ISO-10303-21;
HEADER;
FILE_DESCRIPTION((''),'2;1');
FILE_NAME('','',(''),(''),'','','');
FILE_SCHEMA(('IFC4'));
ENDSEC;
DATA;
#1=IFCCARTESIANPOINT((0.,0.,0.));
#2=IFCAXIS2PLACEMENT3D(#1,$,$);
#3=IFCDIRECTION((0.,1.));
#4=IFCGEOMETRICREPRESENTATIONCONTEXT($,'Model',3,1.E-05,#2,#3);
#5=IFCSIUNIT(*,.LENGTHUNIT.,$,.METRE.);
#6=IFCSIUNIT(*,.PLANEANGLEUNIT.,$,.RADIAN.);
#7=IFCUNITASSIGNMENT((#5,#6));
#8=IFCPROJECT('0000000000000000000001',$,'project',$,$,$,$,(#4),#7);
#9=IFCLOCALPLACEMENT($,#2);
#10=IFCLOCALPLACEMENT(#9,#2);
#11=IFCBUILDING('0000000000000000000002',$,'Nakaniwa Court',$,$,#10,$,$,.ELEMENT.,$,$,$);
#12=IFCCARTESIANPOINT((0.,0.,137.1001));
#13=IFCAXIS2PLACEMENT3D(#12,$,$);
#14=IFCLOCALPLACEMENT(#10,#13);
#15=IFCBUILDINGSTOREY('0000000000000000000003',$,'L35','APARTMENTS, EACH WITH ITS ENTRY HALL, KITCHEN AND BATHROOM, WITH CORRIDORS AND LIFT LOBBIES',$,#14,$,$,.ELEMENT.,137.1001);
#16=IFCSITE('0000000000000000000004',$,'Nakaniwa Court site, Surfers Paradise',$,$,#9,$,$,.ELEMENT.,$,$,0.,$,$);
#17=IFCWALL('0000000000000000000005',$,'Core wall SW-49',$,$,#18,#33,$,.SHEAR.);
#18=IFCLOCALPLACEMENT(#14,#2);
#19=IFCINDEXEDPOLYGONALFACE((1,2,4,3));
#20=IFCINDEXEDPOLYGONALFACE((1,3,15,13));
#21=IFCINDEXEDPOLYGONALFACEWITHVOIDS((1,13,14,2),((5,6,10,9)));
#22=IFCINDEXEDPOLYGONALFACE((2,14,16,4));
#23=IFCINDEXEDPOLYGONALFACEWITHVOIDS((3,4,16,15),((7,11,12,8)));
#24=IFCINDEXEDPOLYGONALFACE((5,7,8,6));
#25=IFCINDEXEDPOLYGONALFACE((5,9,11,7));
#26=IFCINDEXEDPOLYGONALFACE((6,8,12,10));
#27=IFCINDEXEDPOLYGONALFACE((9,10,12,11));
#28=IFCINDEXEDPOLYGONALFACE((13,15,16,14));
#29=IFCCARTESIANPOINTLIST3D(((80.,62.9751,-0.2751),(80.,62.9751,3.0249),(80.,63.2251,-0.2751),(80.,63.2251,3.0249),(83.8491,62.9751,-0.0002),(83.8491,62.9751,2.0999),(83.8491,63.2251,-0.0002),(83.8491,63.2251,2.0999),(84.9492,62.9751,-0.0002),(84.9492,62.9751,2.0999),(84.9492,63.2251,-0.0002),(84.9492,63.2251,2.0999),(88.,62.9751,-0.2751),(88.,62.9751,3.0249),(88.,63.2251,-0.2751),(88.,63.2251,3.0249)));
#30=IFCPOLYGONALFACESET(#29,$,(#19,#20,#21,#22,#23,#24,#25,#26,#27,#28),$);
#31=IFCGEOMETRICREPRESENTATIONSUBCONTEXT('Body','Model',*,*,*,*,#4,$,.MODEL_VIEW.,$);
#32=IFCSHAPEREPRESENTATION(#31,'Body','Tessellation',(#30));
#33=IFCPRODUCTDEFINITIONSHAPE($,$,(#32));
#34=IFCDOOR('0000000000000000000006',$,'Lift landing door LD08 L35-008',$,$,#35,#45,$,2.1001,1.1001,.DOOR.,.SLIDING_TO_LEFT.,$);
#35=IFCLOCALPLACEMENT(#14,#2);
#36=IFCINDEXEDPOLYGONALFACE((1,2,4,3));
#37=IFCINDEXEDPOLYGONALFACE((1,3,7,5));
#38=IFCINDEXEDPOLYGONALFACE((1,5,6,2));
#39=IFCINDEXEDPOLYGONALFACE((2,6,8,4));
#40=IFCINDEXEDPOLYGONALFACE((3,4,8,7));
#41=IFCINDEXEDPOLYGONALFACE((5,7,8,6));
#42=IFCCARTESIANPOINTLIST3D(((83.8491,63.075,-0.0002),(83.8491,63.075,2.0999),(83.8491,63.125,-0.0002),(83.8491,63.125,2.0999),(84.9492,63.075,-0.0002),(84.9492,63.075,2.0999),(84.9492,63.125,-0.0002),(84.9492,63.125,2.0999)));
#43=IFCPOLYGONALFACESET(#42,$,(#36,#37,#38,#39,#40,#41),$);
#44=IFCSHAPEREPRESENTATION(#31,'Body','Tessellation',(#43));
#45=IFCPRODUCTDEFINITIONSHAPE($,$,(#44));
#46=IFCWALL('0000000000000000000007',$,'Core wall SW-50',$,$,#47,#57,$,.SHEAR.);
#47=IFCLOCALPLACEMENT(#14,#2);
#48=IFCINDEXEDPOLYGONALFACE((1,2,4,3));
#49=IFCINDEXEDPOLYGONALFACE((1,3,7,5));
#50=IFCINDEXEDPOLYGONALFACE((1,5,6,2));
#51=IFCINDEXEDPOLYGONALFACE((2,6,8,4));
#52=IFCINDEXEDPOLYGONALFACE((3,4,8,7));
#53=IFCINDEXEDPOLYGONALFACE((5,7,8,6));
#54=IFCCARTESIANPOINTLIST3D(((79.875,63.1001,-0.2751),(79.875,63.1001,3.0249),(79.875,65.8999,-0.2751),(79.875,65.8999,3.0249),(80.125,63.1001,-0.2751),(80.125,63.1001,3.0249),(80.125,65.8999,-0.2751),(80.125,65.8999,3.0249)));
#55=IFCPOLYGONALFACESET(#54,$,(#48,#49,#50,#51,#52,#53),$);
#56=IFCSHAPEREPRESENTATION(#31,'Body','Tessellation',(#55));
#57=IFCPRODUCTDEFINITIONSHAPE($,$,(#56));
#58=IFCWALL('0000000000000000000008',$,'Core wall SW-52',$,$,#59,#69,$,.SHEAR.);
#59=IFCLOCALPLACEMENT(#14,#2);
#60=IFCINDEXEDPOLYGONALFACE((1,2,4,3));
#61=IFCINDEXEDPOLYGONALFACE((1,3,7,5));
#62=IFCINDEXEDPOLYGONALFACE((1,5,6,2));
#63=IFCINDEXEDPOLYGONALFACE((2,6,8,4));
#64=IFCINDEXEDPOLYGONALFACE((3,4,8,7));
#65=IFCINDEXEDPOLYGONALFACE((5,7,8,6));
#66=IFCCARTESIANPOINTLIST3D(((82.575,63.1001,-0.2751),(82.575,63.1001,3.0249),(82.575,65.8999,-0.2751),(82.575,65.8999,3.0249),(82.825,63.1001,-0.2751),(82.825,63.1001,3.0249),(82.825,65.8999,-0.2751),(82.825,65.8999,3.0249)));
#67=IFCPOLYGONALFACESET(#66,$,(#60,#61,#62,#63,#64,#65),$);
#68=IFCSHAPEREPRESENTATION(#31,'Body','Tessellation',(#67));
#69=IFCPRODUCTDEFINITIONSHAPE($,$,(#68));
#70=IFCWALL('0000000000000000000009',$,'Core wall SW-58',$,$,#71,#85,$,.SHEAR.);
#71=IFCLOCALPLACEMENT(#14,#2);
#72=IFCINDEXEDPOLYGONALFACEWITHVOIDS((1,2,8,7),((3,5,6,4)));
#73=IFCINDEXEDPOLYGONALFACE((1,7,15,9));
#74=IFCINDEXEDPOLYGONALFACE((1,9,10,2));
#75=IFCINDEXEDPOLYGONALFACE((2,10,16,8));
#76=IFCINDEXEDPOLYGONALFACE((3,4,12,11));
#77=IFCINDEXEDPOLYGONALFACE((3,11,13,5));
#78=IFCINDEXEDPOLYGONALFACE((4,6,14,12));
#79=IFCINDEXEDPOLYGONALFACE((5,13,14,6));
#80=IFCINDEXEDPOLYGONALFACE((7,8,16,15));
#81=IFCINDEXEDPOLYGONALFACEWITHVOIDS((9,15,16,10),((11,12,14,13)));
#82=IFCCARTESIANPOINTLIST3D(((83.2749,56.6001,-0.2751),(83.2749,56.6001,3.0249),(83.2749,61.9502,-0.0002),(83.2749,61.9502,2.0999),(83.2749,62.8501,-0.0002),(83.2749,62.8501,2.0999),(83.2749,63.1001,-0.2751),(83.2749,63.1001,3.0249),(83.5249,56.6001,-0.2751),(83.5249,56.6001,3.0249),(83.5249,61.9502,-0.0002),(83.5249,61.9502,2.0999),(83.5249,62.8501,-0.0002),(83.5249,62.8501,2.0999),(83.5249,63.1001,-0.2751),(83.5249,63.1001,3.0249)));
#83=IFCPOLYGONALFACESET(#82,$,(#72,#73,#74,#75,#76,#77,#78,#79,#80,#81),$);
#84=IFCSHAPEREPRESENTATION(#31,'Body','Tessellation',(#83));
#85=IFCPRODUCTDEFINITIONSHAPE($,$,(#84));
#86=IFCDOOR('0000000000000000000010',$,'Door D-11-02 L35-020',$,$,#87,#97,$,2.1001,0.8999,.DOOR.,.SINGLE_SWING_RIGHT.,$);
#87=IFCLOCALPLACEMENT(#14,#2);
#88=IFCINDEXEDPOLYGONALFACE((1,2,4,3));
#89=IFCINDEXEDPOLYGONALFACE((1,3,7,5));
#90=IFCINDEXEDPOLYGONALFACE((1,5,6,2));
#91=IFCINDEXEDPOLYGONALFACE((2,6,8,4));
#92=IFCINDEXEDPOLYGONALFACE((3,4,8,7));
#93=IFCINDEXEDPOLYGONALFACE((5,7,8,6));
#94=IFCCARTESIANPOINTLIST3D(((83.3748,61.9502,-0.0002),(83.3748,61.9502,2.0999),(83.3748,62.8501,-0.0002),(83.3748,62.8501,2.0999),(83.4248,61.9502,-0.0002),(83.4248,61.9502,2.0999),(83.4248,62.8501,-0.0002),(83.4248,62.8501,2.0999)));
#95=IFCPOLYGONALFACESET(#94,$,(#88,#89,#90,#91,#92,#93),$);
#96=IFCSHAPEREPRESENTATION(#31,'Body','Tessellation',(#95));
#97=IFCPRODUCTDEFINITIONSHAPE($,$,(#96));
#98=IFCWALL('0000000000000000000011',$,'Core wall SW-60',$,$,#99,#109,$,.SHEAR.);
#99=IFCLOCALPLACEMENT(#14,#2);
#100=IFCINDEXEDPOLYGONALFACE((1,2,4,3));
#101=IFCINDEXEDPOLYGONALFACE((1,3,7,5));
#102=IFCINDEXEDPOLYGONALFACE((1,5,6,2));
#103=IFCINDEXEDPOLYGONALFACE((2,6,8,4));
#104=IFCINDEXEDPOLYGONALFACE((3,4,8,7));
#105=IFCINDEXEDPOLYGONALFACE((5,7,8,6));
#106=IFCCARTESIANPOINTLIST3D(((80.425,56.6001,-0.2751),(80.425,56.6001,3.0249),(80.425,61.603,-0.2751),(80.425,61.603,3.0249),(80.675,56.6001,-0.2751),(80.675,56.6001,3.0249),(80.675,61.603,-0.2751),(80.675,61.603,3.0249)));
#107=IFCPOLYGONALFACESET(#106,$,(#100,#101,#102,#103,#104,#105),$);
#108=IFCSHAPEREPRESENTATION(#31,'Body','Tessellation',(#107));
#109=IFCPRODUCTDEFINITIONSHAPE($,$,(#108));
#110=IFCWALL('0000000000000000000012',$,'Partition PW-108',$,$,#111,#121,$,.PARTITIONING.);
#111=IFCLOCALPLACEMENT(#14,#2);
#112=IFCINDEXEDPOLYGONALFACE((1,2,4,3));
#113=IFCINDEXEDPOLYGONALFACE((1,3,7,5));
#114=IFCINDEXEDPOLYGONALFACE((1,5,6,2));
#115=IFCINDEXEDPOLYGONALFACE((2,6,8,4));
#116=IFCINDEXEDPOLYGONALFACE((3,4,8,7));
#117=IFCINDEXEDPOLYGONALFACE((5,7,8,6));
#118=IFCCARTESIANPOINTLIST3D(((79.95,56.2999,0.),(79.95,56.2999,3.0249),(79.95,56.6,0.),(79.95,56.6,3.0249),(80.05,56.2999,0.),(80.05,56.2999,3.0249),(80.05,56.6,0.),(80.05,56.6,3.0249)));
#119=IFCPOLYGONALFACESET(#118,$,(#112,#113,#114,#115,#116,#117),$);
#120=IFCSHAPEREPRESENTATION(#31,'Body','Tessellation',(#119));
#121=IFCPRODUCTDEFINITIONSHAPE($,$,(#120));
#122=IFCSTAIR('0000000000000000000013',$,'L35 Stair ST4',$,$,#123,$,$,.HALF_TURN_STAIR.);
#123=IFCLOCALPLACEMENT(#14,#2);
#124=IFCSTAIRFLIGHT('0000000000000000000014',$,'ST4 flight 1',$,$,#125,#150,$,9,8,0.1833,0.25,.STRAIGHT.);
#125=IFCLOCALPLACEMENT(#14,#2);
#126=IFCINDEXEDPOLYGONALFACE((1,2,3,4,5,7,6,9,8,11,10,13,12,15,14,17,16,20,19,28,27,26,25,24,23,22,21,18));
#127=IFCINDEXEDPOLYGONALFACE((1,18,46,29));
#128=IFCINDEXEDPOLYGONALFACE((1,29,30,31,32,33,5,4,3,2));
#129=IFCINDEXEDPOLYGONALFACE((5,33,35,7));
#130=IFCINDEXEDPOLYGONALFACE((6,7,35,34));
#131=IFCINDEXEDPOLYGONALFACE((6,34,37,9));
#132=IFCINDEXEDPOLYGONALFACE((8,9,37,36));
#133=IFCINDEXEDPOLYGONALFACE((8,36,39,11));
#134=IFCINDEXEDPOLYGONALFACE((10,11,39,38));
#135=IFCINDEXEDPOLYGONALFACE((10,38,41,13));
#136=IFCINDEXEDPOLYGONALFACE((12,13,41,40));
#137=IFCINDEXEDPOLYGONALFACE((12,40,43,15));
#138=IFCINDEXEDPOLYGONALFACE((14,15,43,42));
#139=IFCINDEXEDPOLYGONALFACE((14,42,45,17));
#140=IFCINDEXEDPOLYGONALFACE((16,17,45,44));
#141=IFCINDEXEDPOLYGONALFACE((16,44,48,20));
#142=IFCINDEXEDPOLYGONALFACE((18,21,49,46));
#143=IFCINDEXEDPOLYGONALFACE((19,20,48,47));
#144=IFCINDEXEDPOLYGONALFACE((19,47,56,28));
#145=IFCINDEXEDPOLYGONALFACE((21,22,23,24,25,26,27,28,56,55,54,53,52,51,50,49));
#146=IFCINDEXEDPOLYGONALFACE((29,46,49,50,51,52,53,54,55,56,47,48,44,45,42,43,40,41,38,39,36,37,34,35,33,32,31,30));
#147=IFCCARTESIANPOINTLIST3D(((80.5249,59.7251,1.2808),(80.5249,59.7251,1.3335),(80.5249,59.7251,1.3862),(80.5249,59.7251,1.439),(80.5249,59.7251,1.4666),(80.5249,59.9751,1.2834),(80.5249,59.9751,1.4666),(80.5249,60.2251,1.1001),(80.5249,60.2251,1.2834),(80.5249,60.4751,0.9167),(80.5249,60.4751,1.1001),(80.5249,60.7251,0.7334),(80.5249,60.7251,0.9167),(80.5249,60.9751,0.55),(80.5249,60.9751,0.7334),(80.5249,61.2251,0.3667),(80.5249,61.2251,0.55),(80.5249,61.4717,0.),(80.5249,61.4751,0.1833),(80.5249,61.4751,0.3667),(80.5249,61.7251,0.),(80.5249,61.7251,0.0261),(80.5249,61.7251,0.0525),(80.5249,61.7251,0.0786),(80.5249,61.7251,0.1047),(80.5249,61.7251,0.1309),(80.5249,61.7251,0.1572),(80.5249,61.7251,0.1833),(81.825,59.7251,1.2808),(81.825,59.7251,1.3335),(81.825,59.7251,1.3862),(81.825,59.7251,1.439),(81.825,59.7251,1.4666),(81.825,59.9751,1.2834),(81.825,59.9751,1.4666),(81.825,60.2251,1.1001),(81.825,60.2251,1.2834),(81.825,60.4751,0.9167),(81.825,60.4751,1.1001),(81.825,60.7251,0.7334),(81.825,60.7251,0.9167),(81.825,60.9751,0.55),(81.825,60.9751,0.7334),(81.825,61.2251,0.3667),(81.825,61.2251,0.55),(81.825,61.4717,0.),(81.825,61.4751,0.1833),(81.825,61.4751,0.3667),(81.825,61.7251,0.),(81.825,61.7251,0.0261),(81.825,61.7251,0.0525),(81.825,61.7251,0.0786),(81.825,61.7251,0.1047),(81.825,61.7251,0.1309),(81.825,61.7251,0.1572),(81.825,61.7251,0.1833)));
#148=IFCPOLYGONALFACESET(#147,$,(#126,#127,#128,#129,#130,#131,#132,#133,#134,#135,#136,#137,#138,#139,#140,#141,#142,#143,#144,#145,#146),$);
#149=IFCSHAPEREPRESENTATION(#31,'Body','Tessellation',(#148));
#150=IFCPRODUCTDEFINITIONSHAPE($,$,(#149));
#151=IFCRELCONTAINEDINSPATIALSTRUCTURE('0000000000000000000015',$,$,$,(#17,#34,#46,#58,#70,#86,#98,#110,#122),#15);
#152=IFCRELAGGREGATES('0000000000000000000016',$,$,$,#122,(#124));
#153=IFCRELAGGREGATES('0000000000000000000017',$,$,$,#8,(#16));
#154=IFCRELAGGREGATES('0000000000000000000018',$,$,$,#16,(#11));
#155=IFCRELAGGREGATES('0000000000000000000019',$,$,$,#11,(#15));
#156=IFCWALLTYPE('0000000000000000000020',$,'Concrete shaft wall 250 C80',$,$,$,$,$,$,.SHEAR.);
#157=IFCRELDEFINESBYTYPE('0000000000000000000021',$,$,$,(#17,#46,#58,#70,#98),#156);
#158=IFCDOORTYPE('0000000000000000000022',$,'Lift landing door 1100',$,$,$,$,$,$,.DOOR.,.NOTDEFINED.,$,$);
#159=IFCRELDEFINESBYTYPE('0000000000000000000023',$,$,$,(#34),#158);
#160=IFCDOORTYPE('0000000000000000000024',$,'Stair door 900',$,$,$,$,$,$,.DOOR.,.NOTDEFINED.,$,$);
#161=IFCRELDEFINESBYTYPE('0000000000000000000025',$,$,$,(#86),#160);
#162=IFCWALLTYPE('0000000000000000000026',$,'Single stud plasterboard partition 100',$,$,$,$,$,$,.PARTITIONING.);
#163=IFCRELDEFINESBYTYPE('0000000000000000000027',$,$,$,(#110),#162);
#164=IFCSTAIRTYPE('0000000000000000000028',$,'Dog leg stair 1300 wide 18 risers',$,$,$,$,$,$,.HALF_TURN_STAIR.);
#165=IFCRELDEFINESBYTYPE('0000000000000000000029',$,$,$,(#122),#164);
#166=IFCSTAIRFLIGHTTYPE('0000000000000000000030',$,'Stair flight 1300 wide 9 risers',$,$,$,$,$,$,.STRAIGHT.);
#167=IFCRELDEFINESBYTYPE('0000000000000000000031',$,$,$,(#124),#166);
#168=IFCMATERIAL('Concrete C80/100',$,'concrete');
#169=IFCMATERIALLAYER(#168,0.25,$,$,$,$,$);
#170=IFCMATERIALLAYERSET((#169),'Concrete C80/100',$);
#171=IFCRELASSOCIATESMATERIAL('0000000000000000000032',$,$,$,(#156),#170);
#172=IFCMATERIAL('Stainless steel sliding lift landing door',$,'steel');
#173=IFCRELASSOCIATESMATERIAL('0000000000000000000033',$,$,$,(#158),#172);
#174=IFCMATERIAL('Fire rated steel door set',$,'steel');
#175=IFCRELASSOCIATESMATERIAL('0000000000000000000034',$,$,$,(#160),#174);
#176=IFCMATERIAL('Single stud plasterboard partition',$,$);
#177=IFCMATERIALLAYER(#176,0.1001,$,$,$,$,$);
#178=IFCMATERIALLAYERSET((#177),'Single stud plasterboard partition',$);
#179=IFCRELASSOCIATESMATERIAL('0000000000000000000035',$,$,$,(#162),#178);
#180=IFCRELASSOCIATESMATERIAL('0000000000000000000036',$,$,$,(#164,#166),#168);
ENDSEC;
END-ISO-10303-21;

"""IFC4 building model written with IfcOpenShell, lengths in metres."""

from ifc_helpers import new_model, si_unit, direction, frame, frame_2d, origin, place, context, subcontext, project, spatial, polyline, rectangle, outline, extrude, material, layer, layer_set, type_object, element, fill, aggregate, save


model = new_model("IFC4")

# Units and contexts
model_context = context("Model", 3, precision=1e-05, world=origin(), true_north=direction((0.0, 1.0)))
body_context = subcontext(model_context, "Body", "Model", "MODEL_VIEW")
ifc_project = project(units=[si_unit("LENGTHUNIT", "METRE"), si_unit("PLANEANGLEUNIT", "RADIAN")], contexts=[model_context])

# Site, building, storey
site_placement = place(None, origin())
site = spatial("IfcSite", under=ifc_project, at=site_placement, Name="Nakaniwa Court site, Surfers Paradise", CompositionType="ELEMENT", RefElevation=0.0)
building_placement = place(site_placement, origin())
building = spatial("IfcBuilding", under=site, at=building_placement, Name="Nakaniwa Court", CompositionType="ELEMENT")
storey_placement = place(building_placement, frame((0.0, 0.0, 137.1001)))
storey = spatial("IfcBuildingStorey", under=building, at=storey_placement, Name="L35", Description="APARTMENTS, EACH WITH ITS ENTRY HALL, KITCHEN AND BATHROOM, WITH CORRIDORS AND LIFT LOBBIES", CompositionType="ELEMENT", Elevation=137.1001)

# Shared definitions
ifc_material_1 = material(Name="Fire rated steel door set", Category="steel")

# Shared definitions
ifc_material_2 = material(Name="Concrete C80/100", Category="concrete")
ifc_layer_1 = layer(ifc_material_2, 0.25)
ifc_layer_set_1 = layer_set([ifc_layer_1], Name="Concrete C80/100")
wall_type_1 = type_object("IfcWallType", Name="Concrete shaft wall 250 C80", PredefinedType="SHEAR", material=ifc_layer_set_1)

# Wall, opening, door
wall_1_placement = place(storey_placement, frame((80.0, 63.1001, -0.2751), z_axis=(0.0, 0.0, 1.0), x_axis=(1.0, 0.0, 0.0)))
wall_1 = element("IfcWall", 1, at=wall_1_placement, inside=storey, type_object=wall_type_1, Name="Core wall SW-49", PredefinedType="SHEAR", context=body_context, shape_type="SweptSolid", body=[
    extrude(rectangle(XDim=8.0, YDim=0.25, at=frame_2d((4.0, 0.0))), origin(), (0.0, 0.0, 1.0), 3.3),
])
opening_1_placement = place(wall_1_placement, frame((3.8491, 0.0, 0.2749)))
opening_1 = element("IfcOpeningElement", 2, at=opening_1_placement, cuts=wall_1, PredefinedType="OPENING", context=body_context, shape_type="SweptSolid", body=[
    extrude(rectangle(XDim=1.1001, YDim=2.1001, at=frame_2d((0.55, 1.05))), frame((0.0, 0.135, 0.0), z_axis=(0.0, -1.0, 0.0), x_axis=(1.0, 0.0, 0.0)), (0.0, 0.0, 1.0), 0.27),
])
ifc_material_3 = material(Name="Stainless steel sliding lift landing door", Category="steel")
door_type_1 = type_object("IfcDoorType", Name="Lift landing door 1100", OperationType="NOTDEFINED", PredefinedType="DOOR", material=ifc_material_3)
door_1_placement = place(opening_1_placement, origin())
door_1 = element("IfcDoor", 3, at=door_1_placement, inside=storey, type_object=door_type_1, Name="Lift landing door LD08 L35-008", OperationType="SLIDING_TO_LEFT", OverallHeight=2.1001, OverallWidth=1.1001, PredefinedType="DOOR", context=body_context, shape_type="SweptSolid", body=[
    extrude(rectangle(XDim=1.1001, YDim=2.1001, at=frame_2d((0.55, 1.05))), frame((0.0, 0.0249, 0.0), z_axis=(0.0, -1.0, 0.0), x_axis=(1.0, 0.0, 0.0)), (0.0, 0.0, 1.0), 0.05),
])
fill(opening_1, door_1)

# Walls
for number, where, z_axis, x_axis, name in (
    (4, (80.0, 63.1001, -0.2751), (0.0, 0.0, 1.0), (0.0, 1.0, 0.0), "Core wall SW-50"),
    (5, (82.7, 63.1001, -0.2751), (0.0, 0.0, 1.0), (0.0, 1.0, 0.0), "Core wall SW-52"),
):
    element("IfcWall", number, at=place(storey_placement, frame(where, z_axis=z_axis, x_axis=x_axis)), inside=storey, type_object=wall_type_1, Name=name, PredefinedType="SHEAR", context=body_context, shape_type="SweptSolid", body=[
        extrude(rectangle(XDim=2.7998, YDim=0.25, at=frame_2d((1.3999, 0.0))), origin(), (0.0, 0.0, 1.0), 3.3),
    ])

# Wall, opening, door
wall_2_placement = place(storey_placement, frame((83.3999, 63.1001, -0.2751), z_axis=(0.0, 0.0, 1.0), x_axis=(0.0, -1.0, 0.0)))
wall_2 = element("IfcWall", 6, at=wall_2_placement, inside=storey, type_object=wall_type_1, Name="Core wall SW-58", PredefinedType="SHEAR", context=body_context, shape_type="SweptSolid", body=[
    extrude(rectangle(XDim=6.5, YDim=0.25, at=frame_2d((3.25, 0.0))), origin(), (0.0, 0.0, 1.0), 3.3),
])
opening_2_placement = place(wall_2_placement, frame((0.25, 0.0, 0.2749)))
opening_2 = element("IfcOpeningElement", 7, at=opening_2_placement, cuts=wall_2, PredefinedType="OPENING", context=body_context, shape_type="SweptSolid", body=[
    extrude(rectangle(XDim=0.8999, YDim=2.1001, at=frame_2d((0.45, 1.05))), frame((0.0, 0.135, 0.0), z_axis=(0.0, -1.0, 0.0), x_axis=(1.0, 0.0, 0.0)), (0.0, 0.0, 1.0), 0.27),
])
door_type_2 = type_object("IfcDoorType", Name="Stair door 900", OperationType="NOTDEFINED", PredefinedType="DOOR", material=ifc_material_1)
door_2_placement = place(opening_2_placement, origin())
door_2 = element("IfcDoor", 8, at=door_2_placement, inside=storey, type_object=door_type_2, Name="Door D-11-02 L35-020", OperationType="SINGLE_SWING_RIGHT", OverallHeight=2.1001, OverallWidth=0.8999, PredefinedType="DOOR", context=body_context, shape_type="SweptSolid", body=[
    extrude(rectangle(XDim=0.8999, YDim=2.1001, at=frame_2d((0.45, 1.05))), frame((0.0, 0.0249, 0.0), z_axis=(0.0, -1.0, 0.0), x_axis=(1.0, 0.0, 0.0)), (0.0, 0.0, 1.0), 0.05),
])
fill(opening_2, door_2)

# Walls
wall_3_placement = place(storey_placement, frame((80.55, 56.6001, -0.2751), z_axis=(0.0, 0.0, 1.0), x_axis=(0.0, 1.0, 0.0)))
element("IfcWall", 9, at=wall_3_placement, inside=storey, type_object=wall_type_1, Name="Core wall SW-60", PredefinedType="SHEAR", context=body_context, shape_type="SweptSolid", body=[
    extrude(rectangle(XDim=5.0029, YDim=0.25, at=frame_2d((2.5015, 0.0))), origin(), (0.0, 0.0, 1.0), 3.3),
])
ifc_material_4 = material(Name="Single stud plasterboard partition")
ifc_layer_2 = layer(ifc_material_4, 0.1001)
ifc_layer_set_2 = layer_set([ifc_layer_2], Name="Single stud plasterboard partition")
wall_type_2 = type_object("IfcWallType", Name="Single stud plasterboard partition 100", PredefinedType="PARTITIONING", material=ifc_layer_set_2)
wall_4_placement = place(storey_placement, frame((80.0, 56.3, 0.0), z_axis=(0.0, 0.0, 1.0), x_axis=(0.0, 1.0, 0.0)))
element("IfcWall", 10, at=wall_4_placement, inside=storey, type_object=wall_type_2, Name="Partition PW-108", PredefinedType="PARTITIONING", context=body_context, shape_type="SweptSolid", body=[
    extrude(rectangle(XDim=0.3, YDim=0.1001, at=frame_2d((0.1499, 0.0))), origin(), (0.0, 0.0, 1.0), 3.0249),
])

# Stair, stair flight
stair_type = type_object("IfcStairType", Name="Dog leg stair 1300 wide 18 risers", PredefinedType="HALF_TURN_STAIR", material=ifc_material_2)
stair_placement = place(storey_placement, origin())
stair = element("IfcStair", 11, at=stair_placement, inside=storey, type_object=stair_type, Name="L35 Stair ST4", PredefinedType="HALF_TURN_STAIR")
stair_flight_type = type_object("IfcStairFlightType", Name="Stair flight 1300 wide 9 risers", PredefinedType="STRAIGHT", material=ifc_material_2)
stair_flight_1_placement = place(storey_placement, frame((81.175, 61.7251, 0.0), z_axis=(0.0, 0.0, 1.0), x_axis=(0.0, -1.0, 0.0)))
stair_flight_1 = element("IfcStairFlight", 12, at=stair_flight_1_placement, type_object=stair_flight_type, Name="ST4 flight 1", NumberOfRisers=9, NumberOfTreads=8, PredefinedType="STRAIGHT", RiserHeight=0.1833, TreadLength=0.25, context=body_context, shape_type="SweptSolid", body=[
    extrude(outline(polyline([(0.0, 0.0), (0.0, 0.0261), (0.0, 0.0525), (0.0, 0.0786), (0.0, 0.1047), (0.0, 0.1309), (0.0, 0.1572), (0.0, 0.1833), (0.25, 0.1833), (0.25, 0.3667), (0.5, 0.3667), (0.5, 0.55), (0.75, 0.55), (0.75, 0.7334), (1.0, 0.7334), (1.0, 0.9167), (1.25, 0.9167), (1.25, 1.1001), (1.5, 1.1001), (1.5, 1.2834), (1.75, 1.2834), (1.75, 1.4666), (2.0, 1.4666), (2.0, 1.6499), (2.0, 1.5972), (2.0, 1.5444), (2.0, 1.4917), (2.0, 1.439), (2.0, 1.3862), (2.0, 1.3335), (2.0, 1.2808), (0.2534, 0.0), (0.0, 0.0)])), frame((0.0, 0.6499, 0.0), z_axis=(0.0, -1.0, 0.0), x_axis=(1.0, 0.0, 0.0)), (0.0, 0.0, 1.0), 1.3),
])
aggregate(stair, [stair_flight_1])

save(model, "model.ifc")
